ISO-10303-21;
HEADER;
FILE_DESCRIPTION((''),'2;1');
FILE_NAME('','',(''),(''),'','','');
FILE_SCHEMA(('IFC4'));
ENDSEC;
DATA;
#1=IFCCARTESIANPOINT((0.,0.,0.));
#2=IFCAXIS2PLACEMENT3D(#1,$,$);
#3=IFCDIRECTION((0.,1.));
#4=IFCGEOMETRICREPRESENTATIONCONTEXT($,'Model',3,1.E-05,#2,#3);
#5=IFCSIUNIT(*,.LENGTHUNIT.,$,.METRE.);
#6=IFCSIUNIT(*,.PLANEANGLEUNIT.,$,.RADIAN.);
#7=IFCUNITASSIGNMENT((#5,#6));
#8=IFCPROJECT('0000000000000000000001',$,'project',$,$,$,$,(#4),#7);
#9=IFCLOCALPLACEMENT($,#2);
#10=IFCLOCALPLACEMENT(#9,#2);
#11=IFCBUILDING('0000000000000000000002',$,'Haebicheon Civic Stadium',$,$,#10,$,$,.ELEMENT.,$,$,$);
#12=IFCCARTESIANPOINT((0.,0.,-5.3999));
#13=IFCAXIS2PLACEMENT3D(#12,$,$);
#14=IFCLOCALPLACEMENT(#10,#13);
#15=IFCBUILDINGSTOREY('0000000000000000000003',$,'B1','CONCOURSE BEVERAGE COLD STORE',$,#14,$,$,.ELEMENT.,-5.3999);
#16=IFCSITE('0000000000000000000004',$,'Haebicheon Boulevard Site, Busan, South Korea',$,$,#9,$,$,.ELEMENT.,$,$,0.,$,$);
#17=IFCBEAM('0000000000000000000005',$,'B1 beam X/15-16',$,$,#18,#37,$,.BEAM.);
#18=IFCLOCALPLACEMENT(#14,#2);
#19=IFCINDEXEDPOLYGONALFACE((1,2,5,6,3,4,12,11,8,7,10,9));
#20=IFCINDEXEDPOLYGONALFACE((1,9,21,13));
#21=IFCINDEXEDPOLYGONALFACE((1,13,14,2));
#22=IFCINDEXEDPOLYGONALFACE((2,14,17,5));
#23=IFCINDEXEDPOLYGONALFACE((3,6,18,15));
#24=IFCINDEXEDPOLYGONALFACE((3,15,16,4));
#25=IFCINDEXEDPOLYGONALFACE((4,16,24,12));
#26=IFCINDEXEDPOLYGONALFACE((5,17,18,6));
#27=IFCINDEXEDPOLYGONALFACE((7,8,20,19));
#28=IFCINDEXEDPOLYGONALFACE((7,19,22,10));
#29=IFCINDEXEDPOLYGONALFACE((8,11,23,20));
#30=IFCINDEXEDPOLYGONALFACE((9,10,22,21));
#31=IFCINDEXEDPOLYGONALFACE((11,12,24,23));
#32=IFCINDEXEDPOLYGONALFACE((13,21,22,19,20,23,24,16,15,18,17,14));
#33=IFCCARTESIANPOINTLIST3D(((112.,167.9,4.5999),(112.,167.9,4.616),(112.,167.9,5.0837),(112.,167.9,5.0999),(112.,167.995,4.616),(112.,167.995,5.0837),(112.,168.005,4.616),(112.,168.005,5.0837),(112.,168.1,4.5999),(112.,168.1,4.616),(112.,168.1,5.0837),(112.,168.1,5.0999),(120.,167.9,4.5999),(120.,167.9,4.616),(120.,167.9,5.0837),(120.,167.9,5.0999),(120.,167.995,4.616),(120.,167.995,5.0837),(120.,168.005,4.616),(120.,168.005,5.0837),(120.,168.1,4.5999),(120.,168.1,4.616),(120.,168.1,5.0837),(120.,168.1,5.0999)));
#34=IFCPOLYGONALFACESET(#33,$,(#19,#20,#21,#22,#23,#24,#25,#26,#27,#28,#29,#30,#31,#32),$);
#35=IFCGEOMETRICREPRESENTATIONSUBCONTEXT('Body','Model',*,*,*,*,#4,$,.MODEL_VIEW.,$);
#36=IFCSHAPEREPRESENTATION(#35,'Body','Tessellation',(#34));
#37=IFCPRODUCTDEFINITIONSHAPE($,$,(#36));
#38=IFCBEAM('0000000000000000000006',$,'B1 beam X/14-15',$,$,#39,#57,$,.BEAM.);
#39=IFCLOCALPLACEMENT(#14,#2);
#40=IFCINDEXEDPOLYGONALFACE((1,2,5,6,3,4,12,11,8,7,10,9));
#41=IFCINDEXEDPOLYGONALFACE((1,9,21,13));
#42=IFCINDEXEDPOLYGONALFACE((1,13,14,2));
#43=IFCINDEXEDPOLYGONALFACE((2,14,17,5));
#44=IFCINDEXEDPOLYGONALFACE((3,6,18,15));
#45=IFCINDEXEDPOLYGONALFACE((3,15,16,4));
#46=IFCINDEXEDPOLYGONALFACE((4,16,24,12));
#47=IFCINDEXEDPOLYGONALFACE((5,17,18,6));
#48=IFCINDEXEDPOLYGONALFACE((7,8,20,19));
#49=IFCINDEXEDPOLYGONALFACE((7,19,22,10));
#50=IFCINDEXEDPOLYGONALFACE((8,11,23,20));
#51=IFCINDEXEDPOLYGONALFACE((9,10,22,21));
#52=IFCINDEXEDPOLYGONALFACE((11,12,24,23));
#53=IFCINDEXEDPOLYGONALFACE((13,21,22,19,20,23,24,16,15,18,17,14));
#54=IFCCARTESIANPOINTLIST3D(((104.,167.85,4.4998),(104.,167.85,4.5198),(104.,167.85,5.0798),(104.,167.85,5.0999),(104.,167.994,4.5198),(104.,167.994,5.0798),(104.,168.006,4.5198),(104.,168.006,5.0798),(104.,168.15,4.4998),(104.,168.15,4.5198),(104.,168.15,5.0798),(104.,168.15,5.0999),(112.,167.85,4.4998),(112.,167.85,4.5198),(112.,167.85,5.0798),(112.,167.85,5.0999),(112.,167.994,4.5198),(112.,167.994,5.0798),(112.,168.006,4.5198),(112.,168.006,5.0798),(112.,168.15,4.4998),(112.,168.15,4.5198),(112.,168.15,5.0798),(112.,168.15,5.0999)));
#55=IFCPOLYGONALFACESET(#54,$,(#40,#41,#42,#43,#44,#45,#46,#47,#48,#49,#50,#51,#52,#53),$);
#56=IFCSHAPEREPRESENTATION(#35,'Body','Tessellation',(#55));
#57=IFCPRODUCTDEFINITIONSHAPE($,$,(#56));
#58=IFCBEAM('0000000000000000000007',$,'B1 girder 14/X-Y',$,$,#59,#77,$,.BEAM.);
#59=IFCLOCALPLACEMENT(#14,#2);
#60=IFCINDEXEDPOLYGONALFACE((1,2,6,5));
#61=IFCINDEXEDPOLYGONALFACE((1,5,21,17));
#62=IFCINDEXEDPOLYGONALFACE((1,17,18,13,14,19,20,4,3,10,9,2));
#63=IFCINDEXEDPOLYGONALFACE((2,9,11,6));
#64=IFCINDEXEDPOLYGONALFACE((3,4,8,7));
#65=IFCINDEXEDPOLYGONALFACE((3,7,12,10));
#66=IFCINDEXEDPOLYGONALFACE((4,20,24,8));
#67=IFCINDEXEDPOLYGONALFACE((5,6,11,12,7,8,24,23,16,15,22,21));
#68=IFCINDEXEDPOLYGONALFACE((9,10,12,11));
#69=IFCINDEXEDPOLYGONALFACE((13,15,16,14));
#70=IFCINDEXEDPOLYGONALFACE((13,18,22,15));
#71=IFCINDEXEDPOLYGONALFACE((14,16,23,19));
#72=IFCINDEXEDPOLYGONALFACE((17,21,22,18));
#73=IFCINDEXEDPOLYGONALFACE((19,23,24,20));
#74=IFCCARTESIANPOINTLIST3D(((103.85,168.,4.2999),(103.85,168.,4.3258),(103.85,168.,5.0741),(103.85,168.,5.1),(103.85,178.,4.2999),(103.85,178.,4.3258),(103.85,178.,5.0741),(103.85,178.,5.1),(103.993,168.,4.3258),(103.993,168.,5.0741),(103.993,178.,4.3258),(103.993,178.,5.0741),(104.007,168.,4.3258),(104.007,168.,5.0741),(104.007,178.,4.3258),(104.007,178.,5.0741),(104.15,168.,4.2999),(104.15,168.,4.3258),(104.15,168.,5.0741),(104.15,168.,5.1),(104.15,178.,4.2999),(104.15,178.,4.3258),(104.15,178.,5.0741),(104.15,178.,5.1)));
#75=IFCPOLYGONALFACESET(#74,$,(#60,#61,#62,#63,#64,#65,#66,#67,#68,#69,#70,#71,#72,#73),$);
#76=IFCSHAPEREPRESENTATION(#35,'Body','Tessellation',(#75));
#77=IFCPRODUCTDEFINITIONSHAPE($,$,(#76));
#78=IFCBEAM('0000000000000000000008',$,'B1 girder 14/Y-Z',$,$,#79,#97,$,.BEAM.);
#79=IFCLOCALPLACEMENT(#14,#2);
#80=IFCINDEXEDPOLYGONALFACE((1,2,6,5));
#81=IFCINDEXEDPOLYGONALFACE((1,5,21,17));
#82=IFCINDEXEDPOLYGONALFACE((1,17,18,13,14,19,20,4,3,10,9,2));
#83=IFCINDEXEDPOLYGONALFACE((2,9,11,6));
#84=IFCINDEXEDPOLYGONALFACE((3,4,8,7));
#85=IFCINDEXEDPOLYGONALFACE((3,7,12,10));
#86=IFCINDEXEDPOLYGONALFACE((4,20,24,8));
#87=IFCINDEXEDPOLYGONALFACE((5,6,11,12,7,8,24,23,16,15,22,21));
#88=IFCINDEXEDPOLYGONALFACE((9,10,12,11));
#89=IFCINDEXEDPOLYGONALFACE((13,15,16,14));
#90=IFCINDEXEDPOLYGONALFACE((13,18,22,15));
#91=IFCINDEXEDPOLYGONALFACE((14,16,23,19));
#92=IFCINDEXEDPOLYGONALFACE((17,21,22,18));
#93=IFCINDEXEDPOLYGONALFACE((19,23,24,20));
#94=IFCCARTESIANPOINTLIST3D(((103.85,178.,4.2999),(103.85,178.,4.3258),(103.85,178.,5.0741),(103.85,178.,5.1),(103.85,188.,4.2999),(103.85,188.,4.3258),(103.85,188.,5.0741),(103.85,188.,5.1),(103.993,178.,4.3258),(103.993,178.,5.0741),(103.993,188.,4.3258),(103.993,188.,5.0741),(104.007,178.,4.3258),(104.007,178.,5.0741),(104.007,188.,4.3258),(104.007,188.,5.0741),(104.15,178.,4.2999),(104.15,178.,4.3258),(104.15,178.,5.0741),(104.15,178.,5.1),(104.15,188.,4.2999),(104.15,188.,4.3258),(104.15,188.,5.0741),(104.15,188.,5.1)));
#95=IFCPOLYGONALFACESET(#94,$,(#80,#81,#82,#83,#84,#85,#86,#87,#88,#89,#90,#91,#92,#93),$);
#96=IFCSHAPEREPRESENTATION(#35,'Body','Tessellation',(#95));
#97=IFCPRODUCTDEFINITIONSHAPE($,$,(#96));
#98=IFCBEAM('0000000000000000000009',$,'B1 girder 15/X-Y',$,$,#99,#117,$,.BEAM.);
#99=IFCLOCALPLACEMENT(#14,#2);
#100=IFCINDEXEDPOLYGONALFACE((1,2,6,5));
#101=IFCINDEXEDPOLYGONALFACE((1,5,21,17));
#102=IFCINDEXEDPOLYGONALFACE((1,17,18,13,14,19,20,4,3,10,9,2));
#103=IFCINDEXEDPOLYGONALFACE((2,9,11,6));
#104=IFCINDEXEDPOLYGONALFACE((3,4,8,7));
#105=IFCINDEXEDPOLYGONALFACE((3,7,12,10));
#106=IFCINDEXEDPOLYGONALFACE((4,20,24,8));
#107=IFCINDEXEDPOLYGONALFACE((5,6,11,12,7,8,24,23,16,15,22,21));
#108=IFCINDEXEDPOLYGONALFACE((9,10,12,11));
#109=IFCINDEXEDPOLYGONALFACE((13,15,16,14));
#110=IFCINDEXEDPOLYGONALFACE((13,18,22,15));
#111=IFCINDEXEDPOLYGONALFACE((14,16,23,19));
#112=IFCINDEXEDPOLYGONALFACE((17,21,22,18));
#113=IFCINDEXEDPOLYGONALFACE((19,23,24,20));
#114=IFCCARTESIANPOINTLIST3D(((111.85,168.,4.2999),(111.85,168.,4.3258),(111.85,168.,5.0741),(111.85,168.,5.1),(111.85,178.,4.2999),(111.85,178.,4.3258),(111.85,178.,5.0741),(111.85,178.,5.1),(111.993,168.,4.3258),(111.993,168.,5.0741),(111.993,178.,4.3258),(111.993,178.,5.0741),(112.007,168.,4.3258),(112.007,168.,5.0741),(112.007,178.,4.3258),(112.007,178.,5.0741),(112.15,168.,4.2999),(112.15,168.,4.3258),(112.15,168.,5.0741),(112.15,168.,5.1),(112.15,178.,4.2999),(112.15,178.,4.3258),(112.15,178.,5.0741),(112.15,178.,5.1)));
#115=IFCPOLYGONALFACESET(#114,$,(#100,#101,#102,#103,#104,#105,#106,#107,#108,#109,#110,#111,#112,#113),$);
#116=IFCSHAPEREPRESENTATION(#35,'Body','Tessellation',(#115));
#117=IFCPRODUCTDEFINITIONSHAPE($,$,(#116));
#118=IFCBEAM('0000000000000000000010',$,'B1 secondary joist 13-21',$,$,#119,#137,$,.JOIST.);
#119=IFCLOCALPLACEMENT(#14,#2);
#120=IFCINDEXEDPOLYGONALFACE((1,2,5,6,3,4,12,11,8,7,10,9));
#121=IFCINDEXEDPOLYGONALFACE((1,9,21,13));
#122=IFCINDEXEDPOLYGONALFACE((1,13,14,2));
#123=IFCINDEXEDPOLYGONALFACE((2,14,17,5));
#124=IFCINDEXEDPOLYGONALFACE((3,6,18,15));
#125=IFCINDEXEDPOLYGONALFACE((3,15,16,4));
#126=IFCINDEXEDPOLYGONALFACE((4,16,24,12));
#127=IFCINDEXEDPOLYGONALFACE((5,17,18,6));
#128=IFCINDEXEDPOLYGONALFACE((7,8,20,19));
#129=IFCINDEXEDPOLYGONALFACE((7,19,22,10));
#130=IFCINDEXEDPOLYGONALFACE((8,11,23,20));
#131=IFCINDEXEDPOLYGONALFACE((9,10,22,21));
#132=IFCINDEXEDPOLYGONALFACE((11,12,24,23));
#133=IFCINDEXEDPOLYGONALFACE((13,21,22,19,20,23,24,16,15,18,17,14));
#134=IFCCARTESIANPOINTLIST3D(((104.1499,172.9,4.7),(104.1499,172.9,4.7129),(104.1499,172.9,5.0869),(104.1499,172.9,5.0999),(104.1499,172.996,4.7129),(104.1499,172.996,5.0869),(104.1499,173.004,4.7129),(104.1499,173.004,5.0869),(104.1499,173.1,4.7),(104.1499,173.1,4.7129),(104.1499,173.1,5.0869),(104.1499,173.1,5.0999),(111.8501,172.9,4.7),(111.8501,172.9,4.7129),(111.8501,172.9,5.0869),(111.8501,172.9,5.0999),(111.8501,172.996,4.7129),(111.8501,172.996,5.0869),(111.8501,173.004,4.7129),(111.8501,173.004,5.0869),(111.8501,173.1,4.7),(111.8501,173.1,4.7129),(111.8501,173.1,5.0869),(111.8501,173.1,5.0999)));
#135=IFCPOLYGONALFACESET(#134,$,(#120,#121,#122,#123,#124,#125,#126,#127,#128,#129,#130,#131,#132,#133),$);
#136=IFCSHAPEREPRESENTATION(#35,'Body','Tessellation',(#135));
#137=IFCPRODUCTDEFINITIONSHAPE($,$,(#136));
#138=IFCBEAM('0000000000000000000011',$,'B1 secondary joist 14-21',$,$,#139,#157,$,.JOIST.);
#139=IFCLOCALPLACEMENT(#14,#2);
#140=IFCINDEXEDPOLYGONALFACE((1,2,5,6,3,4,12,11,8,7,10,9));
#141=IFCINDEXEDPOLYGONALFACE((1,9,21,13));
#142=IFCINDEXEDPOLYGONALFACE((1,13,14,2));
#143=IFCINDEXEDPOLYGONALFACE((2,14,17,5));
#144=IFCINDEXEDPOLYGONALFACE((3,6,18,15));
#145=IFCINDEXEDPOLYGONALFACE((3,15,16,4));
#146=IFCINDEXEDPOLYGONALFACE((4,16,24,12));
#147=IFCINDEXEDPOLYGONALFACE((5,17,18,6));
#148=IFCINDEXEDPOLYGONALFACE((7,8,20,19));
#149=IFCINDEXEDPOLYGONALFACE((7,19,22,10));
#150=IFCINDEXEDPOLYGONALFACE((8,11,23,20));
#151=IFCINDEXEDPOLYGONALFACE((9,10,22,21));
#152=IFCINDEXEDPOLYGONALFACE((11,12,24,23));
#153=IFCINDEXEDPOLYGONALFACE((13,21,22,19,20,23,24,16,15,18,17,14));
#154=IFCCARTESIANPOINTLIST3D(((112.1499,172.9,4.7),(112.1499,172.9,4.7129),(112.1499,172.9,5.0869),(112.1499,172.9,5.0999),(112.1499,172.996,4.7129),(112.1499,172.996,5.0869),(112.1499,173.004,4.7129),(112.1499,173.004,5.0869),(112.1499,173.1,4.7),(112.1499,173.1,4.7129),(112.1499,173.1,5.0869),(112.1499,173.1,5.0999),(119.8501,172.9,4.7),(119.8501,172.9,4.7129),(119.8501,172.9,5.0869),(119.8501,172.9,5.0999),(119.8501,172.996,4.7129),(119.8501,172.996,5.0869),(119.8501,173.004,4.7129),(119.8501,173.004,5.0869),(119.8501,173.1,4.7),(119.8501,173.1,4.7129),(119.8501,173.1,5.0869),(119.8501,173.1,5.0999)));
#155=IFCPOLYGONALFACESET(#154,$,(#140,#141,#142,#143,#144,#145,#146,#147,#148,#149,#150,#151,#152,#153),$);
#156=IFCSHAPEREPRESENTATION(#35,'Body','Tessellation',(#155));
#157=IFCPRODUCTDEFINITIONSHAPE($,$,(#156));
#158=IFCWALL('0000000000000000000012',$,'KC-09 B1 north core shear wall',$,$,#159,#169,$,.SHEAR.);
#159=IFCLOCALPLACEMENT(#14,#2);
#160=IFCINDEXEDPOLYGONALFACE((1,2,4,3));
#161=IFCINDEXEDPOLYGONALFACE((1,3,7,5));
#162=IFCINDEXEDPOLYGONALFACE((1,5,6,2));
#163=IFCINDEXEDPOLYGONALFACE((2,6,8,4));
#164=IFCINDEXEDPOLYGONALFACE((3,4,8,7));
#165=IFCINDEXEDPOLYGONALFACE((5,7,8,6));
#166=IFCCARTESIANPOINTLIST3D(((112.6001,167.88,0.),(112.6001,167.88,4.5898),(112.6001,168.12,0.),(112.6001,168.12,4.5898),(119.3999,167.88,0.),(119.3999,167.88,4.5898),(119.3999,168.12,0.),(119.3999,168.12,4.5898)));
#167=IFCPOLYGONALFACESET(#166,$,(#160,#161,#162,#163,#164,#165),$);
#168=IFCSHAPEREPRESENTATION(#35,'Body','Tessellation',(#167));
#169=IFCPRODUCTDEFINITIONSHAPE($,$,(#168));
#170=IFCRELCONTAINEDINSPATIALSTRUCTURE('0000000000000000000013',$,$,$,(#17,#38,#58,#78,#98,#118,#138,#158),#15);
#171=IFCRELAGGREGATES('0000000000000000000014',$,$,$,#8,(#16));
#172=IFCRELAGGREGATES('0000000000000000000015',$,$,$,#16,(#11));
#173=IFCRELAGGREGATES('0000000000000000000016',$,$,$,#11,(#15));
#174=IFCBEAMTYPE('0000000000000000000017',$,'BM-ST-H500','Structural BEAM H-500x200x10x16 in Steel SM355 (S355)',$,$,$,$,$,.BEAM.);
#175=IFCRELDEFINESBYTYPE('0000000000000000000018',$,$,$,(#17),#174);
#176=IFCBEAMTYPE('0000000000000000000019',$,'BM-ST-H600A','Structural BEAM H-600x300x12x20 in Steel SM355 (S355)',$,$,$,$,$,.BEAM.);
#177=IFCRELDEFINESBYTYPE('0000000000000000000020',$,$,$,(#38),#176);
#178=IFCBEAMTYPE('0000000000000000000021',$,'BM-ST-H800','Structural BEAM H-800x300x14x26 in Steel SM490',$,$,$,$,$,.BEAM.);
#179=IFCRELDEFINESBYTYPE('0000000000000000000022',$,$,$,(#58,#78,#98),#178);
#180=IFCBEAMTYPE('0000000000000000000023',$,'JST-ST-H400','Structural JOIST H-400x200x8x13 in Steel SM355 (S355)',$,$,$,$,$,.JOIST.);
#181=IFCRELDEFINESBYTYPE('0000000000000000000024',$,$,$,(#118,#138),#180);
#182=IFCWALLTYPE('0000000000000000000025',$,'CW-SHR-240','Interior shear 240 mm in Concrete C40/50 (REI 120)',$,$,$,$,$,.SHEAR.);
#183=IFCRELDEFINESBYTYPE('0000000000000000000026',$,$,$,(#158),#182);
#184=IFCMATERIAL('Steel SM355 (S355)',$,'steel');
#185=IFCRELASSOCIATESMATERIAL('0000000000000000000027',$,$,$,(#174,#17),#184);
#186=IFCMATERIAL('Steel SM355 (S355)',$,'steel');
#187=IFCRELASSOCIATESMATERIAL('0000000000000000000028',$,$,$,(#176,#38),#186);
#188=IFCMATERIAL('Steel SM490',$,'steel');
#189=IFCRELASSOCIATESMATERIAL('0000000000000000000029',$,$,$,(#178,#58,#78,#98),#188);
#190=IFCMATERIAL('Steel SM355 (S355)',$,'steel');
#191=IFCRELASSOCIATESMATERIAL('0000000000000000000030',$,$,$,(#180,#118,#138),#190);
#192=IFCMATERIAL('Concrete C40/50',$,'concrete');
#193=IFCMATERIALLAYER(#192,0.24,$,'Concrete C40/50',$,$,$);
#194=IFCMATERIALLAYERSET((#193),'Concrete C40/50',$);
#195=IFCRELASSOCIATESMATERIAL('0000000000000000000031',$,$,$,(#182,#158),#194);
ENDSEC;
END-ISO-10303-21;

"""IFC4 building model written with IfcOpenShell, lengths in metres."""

from ifc_helpers import new_model, si_unit, direction, frame, frame_2d, origin, origin_2d, place, context, subcontext, project, spatial, rectangle, i_section, extrude, material, layer, layer_set, material_profile, profile_set, type_object, element, save


model = new_model("IFC4")

# Units and contexts
model_context = context("Model", 3, precision=1e-05, world=origin(), true_north=direction((0.0, 1.0)))
body_context = subcontext(model_context, "Body", "Model", "MODEL_VIEW")
ifc_project = project(units=[si_unit("LENGTHUNIT", "METRE"), si_unit("PLANEANGLEUNIT", "RADIAN")], contexts=[model_context])

# Site, building, storey
site_placement = place(None, origin())
site = spatial("IfcSite", under=ifc_project, at=site_placement, Name="Haebicheon Boulevard Site, Busan, South Korea", CompositionType="ELEMENT", RefElevation=0.0)
building_placement = place(site_placement, origin())
building = spatial("IfcBuilding", under=site, at=building_placement, Name="Haebicheon Civic Stadium", CompositionType="ELEMENT")
storey_placement = place(building_placement, frame((0.0, 0.0, -5.3999)))
storey = spatial("IfcBuildingStorey", under=building, at=storey_placement, Name="B1", Description="CONCOURSE BEVERAGE COLD STORE", CompositionType="ELEMENT", Elevation=-5.3999)

# Beams
ifc_material_1 = material(Name="Steel SM355 (S355)", Category="steel")
ifc_material_profile_1 = material_profile(ifc_material_1, i_section(OverallWidth=0.2, OverallDepth=0.5, WebThickness=0.01, FlangeThickness=0.0161, at=origin_2d()), Name="H-500x200x10x16")
ifc_profile_set_1 = profile_set([ifc_material_profile_1], Name="Steel SM355 (S355)")
beam_type_1 = type_object("IfcBeamType", Name="BM-ST-H500", Description="Structural BEAM H-500x200x10x16 in Steel SM355 (S355)", PredefinedType="BEAM", material=ifc_profile_set_1)
beam_1_placement = place(storey_placement, frame((112.0, 168.0, 4.8499), z_axis=(1.0, 0.0, 0.0), x_axis=(0.0, 1.0, 0.0)))
element("IfcBeam", 1, at=beam_1_placement, inside=storey, type_object=beam_type_1, material=ifc_profile_set_1, Name="B1 beam X/15-16", PredefinedType="BEAM", context=body_context, shape_type="SweptSolid", body=[
    extrude(i_section(OverallWidth=0.2, OverallDepth=0.5, WebThickness=0.01, FlangeThickness=0.0161, at=origin_2d()), origin(), (0.0, 0.0, 1.0), 8.0),
])
ifc_material_2 = material(Name="Steel SM355 (S355)", Category="steel")
ifc_material_profile_2 = material_profile(ifc_material_2, i_section(OverallWidth=0.3, OverallDepth=0.6001, WebThickness=0.012, FlangeThickness=0.02, at=origin_2d()), Name="H-600x300x12x20")
ifc_profile_set_2 = profile_set([ifc_material_profile_2], Name="Steel SM355 (S355)")
beam_type_2 = type_object("IfcBeamType", Name="BM-ST-H600A", Description="Structural BEAM H-600x300x12x20 in Steel SM355 (S355)", PredefinedType="BEAM", material=ifc_profile_set_2)
beam_2_placement = place(storey_placement, frame((104.0, 168.0, 4.7998), z_axis=(1.0, 0.0, 0.0), x_axis=(0.0, 1.0, 0.0)))
element("IfcBeam", 2, at=beam_2_placement, inside=storey, type_object=beam_type_2, material=ifc_profile_set_2, Name="B1 beam X/14-15", PredefinedType="BEAM", context=body_context, shape_type="SweptSolid", body=[
    extrude(i_section(OverallWidth=0.3, OverallDepth=0.6001, WebThickness=0.012, FlangeThickness=0.02, at=origin_2d()), origin(), (0.0, 0.0, 1.0), 8.0),
])
ifc_material_3 = material(Name="Steel SM490", Category="steel")
ifc_material_profile_3 = material_profile(ifc_material_3, i_section(OverallWidth=0.3, OverallDepth=0.8, WebThickness=0.0139, FlangeThickness=0.0259, at=origin_2d()), Name="H-800x300x14x26")
ifc_profile_set_3 = profile_set([ifc_material_profile_3], Name="Steel SM490")
beam_type_3 = type_object("IfcBeamType", Name="BM-ST-H800", Description="Structural BEAM H-800x300x14x26 in Steel SM490", PredefinedType="BEAM", material=ifc_profile_set_3)
for number, where, z_axis, x_axis, name in (
    (3, (104.0, 168.0, 4.7), (0.0, 1.0, 0.0), (-1.0, 0.0, 0.0), "B1 girder 14/X-Y"),
    (4, (104.0, 178.0, 4.7), (0.0, 1.0, 0.0), (-1.0, 0.0, 0.0), "B1 girder 14/Y-Z"),
    (5, (112.0, 168.0, 4.7), (0.0, 1.0, 0.0), (-1.0, 0.0, 0.0), "B1 girder 15/X-Y"),
):
    element("IfcBeam", number, at=place(storey_placement, frame(where, z_axis=z_axis, x_axis=x_axis)), inside=storey, type_object=beam_type_3, material=ifc_profile_set_3, Name=name, PredefinedType="BEAM", context=body_context, shape_type="SweptSolid", body=[
        extrude(i_section(OverallWidth=0.3, OverallDepth=0.8, WebThickness=0.0139, FlangeThickness=0.0259, at=origin_2d()), origin(), (0.0, 0.0, 1.0), 10.0),
    ])
ifc_material_4 = material(Name="Steel SM355 (S355)", Category="steel")
ifc_material_profile_4 = material_profile(ifc_material_4, i_section(OverallWidth=0.2, OverallDepth=0.3999, WebThickness=0.0081, FlangeThickness=0.0129, at=origin_2d()), Name="H-400x200x8x13")
ifc_profile_set_4 = profile_set([ifc_material_profile_4], Name="Steel SM355 (S355)")
beam_type_4 = type_object("IfcBeamType", Name="JST-ST-H400", Description="Structural JOIST H-400x200x8x13 in Steel SM355 (S355)", PredefinedType="JOIST", material=ifc_profile_set_4)
for number, where, z_axis, x_axis, name in (
    (6, (104.1499, 173.0, 4.8999), (1.0, 0.0, 0.0), (0.0, 1.0, 0.0), "B1 secondary joist 13-21"),
    (7, (112.1499, 173.0, 4.8999), (1.0, 0.0, 0.0), (0.0, 1.0, 0.0), "B1 secondary joist 14-21"),
):
    element("IfcBeam", number, at=place(storey_placement, frame(where, z_axis=z_axis, x_axis=x_axis)), inside=storey, type_object=beam_type_4, material=ifc_profile_set_4, Name=name, PredefinedType="JOIST", context=body_context, shape_type="SweptSolid", body=[
        extrude(i_section(OverallWidth=0.2, OverallDepth=0.3999, WebThickness=0.0081, FlangeThickness=0.0129, at=origin_2d()), origin(), (0.0, 0.0, 1.0), 7.7002),
    ])

# Wall
ifc_material_5 = material(Name="Concrete C40/50", Category="concrete")
ifc_layer_1 = layer(ifc_material_5, 0.24, Name="Concrete C40/50")
ifc_layer_set_1 = layer_set([ifc_layer_1], Name="Concrete C40/50")
wall_type = type_object("IfcWallType", Name="CW-SHR-240", Description="Interior shear 240 mm in Concrete C40/50 (REI 120)", PredefinedType="SHEAR", material=ifc_layer_set_1)
wall_placement = place(storey_placement, frame((112.6001, 168.0, 0.0), z_axis=(0.0, 0.0, 1.0), x_axis=(1.0, 0.0, 0.0)))
element("IfcWall", 8, at=wall_placement, inside=storey, type_object=wall_type, material=ifc_layer_set_1, Name="KC-09 B1 north core shear wall", PredefinedType="SHEAR", context=body_context, shape_type="SweptSolid", body=[
    extrude(rectangle(XDim=6.7998, YDim=0.24, at=frame_2d((3.3999, 0.0))), origin(), (0.0, 0.0, 1.0), 4.5898),
])

save(model, "model.ifc")
